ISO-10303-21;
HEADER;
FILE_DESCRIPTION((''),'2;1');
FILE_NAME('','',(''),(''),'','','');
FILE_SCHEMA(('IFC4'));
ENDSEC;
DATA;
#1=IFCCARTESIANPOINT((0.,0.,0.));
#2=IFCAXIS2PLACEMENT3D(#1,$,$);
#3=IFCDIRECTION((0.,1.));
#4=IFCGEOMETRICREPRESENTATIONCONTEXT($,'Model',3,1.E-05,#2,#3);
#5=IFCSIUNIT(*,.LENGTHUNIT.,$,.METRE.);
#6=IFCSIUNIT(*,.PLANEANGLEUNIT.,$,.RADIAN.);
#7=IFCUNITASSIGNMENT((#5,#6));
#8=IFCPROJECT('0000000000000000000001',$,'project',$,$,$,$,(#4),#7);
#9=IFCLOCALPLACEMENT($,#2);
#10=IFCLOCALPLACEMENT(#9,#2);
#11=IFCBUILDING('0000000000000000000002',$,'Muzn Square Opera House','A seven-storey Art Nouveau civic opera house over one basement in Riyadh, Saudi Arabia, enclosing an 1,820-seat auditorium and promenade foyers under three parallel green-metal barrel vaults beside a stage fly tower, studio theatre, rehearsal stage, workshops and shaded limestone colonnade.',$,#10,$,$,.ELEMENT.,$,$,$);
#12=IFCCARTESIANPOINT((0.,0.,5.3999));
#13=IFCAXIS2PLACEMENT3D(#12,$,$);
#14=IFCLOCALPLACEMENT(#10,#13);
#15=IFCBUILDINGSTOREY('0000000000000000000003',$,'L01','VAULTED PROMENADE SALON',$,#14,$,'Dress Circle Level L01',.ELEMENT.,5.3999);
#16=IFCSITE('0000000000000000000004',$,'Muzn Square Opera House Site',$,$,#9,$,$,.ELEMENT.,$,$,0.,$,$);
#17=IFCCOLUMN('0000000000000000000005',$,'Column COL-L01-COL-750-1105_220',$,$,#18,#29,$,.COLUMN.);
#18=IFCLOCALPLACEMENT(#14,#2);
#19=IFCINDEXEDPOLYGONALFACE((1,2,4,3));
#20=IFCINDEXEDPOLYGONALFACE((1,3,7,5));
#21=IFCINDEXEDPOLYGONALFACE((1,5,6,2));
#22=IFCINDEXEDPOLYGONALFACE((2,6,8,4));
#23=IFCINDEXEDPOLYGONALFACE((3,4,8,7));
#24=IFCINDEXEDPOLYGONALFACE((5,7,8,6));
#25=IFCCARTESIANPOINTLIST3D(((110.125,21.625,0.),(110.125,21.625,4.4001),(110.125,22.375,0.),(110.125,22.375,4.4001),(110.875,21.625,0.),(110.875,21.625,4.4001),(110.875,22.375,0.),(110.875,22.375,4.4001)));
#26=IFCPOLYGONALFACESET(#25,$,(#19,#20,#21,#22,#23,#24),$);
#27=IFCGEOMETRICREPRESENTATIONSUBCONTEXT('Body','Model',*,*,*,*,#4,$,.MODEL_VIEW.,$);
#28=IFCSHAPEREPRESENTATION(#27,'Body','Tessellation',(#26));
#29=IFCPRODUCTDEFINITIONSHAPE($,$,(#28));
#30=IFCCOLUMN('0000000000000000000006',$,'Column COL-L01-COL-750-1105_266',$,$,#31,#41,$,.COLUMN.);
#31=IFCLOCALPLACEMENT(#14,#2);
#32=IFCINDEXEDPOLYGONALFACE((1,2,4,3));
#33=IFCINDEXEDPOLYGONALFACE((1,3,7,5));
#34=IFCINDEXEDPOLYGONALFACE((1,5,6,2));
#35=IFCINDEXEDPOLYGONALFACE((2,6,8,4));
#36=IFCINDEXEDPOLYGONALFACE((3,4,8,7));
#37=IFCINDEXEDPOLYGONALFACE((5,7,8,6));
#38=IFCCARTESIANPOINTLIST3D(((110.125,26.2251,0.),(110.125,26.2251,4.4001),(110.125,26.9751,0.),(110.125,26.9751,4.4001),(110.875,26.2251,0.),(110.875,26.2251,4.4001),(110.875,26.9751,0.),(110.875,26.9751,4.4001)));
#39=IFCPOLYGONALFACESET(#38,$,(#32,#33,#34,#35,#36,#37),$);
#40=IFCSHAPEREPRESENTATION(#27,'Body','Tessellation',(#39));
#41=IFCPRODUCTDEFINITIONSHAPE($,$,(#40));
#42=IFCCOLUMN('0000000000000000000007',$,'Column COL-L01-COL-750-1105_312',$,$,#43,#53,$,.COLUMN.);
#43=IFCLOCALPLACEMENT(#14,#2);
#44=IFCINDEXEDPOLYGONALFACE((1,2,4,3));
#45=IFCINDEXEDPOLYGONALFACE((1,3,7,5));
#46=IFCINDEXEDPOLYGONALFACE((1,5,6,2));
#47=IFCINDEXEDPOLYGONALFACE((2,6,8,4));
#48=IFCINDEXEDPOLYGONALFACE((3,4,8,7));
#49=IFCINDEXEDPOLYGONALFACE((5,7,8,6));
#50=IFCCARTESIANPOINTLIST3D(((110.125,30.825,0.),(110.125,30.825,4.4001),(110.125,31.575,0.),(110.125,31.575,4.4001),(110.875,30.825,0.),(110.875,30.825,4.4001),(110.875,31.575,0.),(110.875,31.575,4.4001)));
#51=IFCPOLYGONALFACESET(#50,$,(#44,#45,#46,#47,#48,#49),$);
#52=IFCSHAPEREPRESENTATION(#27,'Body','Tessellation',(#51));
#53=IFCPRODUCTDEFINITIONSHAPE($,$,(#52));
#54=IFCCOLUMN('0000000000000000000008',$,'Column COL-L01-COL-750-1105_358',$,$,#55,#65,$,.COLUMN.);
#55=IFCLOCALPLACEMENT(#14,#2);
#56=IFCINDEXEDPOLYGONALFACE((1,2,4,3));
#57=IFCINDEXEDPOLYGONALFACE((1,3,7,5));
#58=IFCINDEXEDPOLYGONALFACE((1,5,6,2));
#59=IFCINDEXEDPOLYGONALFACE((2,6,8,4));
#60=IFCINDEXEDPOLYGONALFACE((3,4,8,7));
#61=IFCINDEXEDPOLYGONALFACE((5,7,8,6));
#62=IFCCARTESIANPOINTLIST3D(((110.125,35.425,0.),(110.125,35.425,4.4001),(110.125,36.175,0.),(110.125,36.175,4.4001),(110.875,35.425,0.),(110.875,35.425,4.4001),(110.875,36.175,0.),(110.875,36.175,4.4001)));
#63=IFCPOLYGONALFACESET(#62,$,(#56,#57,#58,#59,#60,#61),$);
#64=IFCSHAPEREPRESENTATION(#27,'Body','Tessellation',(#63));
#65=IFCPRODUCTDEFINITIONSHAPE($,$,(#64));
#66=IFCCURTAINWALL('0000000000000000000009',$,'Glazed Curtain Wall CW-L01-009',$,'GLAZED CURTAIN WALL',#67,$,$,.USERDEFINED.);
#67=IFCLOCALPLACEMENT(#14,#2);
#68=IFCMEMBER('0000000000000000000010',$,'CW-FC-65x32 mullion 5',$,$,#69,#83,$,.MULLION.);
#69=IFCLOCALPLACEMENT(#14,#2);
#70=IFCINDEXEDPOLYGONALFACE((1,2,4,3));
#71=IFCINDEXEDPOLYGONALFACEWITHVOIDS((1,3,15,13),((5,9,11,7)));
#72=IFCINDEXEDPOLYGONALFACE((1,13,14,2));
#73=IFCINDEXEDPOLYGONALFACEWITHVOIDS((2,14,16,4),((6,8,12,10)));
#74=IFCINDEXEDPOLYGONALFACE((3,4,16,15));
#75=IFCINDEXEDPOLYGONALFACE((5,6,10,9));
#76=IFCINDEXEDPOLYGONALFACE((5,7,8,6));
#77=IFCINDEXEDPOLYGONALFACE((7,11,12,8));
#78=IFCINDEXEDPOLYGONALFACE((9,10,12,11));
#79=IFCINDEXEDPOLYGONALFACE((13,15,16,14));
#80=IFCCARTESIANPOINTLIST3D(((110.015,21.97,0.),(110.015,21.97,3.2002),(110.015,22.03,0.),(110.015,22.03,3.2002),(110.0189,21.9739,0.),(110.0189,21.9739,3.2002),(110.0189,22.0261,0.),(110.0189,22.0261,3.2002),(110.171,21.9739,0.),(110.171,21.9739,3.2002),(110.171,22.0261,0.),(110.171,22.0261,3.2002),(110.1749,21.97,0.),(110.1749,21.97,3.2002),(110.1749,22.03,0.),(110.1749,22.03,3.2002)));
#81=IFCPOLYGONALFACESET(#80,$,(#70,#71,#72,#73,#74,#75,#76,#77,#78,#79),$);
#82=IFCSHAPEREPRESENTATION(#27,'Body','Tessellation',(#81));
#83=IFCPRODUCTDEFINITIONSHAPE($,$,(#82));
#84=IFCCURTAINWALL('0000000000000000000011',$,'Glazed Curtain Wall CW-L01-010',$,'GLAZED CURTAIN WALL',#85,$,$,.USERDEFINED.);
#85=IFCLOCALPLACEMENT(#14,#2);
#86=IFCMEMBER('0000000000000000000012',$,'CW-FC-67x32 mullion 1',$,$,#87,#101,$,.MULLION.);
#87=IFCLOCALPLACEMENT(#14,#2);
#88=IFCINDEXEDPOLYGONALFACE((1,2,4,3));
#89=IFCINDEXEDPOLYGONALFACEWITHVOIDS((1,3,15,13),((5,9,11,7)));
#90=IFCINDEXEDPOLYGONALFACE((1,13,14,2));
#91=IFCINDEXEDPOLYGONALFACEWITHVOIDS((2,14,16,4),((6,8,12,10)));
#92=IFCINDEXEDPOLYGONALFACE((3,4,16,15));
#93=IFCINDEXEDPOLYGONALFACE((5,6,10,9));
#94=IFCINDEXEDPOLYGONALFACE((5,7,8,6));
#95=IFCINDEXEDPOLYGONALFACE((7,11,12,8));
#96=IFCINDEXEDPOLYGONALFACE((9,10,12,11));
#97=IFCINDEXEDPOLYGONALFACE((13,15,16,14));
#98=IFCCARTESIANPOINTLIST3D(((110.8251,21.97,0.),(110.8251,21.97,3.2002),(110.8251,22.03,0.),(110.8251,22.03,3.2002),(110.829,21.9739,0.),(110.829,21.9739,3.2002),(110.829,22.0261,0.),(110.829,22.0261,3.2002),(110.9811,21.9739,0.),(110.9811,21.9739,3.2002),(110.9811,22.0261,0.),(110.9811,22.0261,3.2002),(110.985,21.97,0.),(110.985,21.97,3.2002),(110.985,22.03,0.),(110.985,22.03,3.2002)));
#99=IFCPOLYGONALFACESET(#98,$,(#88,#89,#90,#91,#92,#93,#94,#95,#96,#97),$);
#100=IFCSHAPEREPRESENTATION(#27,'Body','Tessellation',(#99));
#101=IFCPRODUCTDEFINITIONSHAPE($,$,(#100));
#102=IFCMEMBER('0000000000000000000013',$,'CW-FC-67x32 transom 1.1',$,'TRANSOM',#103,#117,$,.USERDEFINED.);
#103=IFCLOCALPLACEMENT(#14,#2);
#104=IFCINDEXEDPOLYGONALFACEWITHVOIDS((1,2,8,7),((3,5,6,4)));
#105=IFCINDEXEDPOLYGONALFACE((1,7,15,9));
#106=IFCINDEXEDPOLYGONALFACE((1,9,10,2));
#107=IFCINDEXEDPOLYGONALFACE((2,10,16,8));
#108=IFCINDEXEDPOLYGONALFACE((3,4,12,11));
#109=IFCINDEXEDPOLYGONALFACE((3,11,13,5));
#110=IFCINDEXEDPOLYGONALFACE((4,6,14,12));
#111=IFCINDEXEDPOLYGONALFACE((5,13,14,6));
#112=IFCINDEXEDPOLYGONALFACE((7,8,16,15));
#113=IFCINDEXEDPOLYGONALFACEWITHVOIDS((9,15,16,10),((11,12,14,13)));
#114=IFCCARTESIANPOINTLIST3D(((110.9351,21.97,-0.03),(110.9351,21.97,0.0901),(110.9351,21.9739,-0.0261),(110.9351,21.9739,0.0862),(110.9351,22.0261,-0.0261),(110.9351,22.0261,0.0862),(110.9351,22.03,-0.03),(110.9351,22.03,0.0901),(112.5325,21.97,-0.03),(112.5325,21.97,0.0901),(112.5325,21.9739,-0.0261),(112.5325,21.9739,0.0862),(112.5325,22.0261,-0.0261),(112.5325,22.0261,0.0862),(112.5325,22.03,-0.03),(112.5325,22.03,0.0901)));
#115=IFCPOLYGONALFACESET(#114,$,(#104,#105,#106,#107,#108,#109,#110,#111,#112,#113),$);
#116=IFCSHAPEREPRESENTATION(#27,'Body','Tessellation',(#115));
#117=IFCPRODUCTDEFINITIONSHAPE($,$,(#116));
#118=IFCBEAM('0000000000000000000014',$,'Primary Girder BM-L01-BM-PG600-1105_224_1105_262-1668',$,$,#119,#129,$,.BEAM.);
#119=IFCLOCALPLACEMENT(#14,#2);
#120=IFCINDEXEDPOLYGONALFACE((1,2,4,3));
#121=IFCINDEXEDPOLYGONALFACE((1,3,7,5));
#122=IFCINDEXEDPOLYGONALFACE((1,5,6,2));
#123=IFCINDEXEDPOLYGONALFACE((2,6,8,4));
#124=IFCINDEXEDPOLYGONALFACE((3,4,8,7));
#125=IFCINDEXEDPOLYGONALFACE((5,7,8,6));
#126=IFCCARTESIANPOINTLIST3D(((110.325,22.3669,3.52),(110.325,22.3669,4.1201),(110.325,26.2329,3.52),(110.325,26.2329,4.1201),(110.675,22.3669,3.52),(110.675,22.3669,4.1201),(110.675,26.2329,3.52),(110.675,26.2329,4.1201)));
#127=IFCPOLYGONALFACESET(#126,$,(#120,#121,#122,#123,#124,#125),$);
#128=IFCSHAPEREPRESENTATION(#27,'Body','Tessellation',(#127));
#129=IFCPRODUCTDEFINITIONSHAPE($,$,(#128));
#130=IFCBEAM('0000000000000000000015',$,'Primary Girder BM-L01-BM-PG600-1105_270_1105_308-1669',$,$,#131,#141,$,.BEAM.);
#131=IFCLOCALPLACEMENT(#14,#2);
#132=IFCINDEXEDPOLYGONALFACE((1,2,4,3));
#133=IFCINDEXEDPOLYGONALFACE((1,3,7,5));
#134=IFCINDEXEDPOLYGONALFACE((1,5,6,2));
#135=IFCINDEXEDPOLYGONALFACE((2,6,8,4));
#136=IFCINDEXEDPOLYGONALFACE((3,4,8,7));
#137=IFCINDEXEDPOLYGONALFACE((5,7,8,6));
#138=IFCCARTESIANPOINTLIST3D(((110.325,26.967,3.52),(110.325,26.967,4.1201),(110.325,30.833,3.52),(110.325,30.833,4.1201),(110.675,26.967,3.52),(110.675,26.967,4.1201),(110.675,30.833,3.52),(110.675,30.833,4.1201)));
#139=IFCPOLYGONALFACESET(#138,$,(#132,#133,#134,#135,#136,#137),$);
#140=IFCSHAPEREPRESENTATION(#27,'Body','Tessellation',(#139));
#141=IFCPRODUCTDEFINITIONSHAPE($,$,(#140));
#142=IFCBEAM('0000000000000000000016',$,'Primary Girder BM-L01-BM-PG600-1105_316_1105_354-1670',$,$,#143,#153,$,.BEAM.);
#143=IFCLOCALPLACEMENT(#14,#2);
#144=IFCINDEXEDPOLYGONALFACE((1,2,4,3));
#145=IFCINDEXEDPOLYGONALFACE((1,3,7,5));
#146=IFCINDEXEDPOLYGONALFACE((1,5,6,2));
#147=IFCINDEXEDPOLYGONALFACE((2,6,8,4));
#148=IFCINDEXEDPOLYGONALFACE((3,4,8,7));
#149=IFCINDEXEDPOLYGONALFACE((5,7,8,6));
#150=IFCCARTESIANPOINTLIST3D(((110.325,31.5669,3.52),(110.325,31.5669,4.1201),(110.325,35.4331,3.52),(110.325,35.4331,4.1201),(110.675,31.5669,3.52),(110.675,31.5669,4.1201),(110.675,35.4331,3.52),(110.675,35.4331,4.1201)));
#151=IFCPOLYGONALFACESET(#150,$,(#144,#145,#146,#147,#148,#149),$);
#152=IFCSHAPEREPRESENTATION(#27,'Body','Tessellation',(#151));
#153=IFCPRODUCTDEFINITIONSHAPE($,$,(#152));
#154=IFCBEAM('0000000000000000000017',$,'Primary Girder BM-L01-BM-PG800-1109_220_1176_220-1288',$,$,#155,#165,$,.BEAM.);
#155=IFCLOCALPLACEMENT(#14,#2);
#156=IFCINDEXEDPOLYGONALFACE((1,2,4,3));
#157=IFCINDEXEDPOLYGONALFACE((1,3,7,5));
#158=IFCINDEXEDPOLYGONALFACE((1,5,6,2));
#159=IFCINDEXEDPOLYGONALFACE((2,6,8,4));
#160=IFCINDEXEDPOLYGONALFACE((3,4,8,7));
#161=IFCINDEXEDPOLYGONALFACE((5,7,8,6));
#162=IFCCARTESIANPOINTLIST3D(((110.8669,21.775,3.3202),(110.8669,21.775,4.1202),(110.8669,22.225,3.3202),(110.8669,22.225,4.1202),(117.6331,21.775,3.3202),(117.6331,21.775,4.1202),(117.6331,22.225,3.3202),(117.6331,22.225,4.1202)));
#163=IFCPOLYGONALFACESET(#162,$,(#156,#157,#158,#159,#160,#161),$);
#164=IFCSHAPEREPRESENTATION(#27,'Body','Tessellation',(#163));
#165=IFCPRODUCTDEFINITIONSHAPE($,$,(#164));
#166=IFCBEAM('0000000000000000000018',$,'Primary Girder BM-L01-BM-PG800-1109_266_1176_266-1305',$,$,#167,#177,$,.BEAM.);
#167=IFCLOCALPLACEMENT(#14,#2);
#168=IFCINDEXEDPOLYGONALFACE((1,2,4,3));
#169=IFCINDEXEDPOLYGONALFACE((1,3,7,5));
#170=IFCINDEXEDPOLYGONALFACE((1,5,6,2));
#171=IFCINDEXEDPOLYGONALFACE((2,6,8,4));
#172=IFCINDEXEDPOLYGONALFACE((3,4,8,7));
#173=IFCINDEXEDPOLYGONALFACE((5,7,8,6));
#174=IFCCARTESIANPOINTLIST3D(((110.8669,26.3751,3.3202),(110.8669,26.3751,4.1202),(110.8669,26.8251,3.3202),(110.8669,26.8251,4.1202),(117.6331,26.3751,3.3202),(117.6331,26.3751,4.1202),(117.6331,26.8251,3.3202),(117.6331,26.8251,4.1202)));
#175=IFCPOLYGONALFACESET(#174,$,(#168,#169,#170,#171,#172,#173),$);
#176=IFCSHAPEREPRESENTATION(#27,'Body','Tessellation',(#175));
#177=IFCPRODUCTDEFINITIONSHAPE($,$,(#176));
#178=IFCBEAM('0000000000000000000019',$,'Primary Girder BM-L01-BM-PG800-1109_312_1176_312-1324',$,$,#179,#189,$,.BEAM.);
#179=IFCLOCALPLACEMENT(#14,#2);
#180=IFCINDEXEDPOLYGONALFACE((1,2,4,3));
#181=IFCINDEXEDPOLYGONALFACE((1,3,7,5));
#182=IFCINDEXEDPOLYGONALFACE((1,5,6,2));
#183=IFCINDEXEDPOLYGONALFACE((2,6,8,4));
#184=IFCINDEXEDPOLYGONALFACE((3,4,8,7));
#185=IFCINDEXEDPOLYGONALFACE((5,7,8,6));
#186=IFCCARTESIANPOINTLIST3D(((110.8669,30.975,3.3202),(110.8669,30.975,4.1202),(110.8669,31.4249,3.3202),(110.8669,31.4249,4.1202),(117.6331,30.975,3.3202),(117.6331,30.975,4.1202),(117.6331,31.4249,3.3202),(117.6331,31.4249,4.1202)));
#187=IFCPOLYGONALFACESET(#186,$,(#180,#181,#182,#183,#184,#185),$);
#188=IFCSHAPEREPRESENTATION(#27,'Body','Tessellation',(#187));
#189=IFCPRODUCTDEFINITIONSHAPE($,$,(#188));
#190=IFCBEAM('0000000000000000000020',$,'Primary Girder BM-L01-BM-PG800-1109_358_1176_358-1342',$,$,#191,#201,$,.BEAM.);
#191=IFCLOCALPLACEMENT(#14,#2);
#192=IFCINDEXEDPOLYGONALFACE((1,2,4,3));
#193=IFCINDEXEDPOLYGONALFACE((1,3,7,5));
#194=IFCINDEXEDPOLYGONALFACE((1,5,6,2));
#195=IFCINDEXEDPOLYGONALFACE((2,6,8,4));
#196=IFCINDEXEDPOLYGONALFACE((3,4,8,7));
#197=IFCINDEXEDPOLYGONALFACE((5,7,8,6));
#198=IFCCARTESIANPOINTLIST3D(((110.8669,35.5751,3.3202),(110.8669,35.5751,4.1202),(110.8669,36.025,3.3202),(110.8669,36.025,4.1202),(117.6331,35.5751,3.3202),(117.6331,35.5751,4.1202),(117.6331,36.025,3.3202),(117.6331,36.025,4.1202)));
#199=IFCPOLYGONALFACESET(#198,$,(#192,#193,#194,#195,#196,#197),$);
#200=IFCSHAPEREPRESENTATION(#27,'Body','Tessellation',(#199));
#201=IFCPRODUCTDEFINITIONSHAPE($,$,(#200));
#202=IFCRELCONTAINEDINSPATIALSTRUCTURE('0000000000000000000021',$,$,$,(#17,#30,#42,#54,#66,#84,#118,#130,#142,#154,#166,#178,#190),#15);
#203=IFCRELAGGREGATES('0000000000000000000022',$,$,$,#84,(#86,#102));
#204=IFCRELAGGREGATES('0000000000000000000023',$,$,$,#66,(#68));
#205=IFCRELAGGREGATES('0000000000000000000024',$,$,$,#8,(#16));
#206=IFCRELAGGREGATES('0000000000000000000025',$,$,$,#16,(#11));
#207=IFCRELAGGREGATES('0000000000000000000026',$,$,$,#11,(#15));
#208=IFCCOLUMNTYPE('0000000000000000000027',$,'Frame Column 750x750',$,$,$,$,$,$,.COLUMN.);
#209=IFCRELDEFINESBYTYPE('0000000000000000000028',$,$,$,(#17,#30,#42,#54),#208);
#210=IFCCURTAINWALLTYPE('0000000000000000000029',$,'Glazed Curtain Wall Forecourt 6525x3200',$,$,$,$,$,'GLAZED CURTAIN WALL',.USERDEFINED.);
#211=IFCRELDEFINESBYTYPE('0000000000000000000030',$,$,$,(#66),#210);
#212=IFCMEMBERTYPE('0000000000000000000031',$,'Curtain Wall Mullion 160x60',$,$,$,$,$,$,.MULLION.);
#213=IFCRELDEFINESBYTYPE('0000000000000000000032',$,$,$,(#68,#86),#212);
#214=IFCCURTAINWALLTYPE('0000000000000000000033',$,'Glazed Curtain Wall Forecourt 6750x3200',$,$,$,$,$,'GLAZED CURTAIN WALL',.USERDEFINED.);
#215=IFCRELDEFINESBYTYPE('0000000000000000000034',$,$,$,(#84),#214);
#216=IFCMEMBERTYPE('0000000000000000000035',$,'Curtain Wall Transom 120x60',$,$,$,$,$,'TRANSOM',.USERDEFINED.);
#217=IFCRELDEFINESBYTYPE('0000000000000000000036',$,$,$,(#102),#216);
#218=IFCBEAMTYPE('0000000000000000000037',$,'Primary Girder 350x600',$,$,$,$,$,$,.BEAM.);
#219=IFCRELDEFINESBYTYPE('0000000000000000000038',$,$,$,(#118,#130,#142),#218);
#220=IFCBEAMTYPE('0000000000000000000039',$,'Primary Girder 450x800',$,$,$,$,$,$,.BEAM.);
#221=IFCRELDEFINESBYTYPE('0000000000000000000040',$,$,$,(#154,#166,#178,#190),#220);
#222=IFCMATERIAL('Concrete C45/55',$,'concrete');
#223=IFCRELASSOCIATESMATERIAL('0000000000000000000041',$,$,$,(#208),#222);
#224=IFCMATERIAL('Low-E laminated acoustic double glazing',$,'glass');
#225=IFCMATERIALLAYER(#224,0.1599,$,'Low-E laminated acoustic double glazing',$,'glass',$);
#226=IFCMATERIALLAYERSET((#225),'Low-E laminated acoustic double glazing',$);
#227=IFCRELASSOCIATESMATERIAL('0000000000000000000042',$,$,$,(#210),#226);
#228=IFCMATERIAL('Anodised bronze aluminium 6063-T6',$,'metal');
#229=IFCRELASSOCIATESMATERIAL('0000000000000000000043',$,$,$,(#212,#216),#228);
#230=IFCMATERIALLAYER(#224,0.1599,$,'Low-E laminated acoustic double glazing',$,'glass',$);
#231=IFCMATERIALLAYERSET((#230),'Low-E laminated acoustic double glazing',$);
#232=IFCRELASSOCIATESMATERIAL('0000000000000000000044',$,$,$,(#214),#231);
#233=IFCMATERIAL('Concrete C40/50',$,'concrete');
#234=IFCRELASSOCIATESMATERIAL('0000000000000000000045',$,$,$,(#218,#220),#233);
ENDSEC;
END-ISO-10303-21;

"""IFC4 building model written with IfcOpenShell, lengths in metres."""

from ifc_helpers import new_model, si_unit, direction, frame, origin, origin_2d, place, context, subcontext, project, spatial, rectangle, hollow_rectangle, extrude, material, layer, layer_set, material_profile, profile_set, type_object, element, aggregate, save


model = new_model("IFC4")

# Units and contexts
model_context = context("Model", 3, precision=1e-05, world=origin(), true_north=direction((0.0, 1.0)))
body_context = subcontext(model_context, "Body", "Model", "MODEL_VIEW")
ifc_project = project(units=[si_unit("LENGTHUNIT", "METRE"), si_unit("PLANEANGLEUNIT", "RADIAN")], contexts=[model_context])

# Site, building, storey
site_placement = place(None, origin())
site = spatial("IfcSite", under=ifc_project, at=site_placement, Name="Muzn Square Opera House Site", CompositionType="ELEMENT", RefElevation=0.0)
building_placement = place(site_placement, origin())
building = spatial("IfcBuilding", under=site, at=building_placement, Name="Muzn Square Opera House", Description="A seven-storey Art Nouveau civic opera house over one basement in Riyadh, Saudi Arabia, enclosing an 1,820-seat auditorium and promenade foyers under three parallel green-metal barrel vaults beside a stage fly tower, studio theatre, rehearsal stage, workshops and shaded limestone colonnade.", CompositionType="ELEMENT")
storey_placement = place(building_placement, frame((0.0, 0.0, 5.3999)))
storey = spatial("IfcBuildingStorey", under=building, at=storey_placement, Name="L01", Description="VAULTED PROMENADE SALON", LongName="Dress Circle Level L01", CompositionType="ELEMENT", Elevation=5.3999)

# Columns
ifc_material_1 = material(Name="Concrete C45/55", Category="concrete")
ifc_material_profile_1 = material_profile(ifc_material_1, rectangle(XDim=0.75, YDim=0.75, at=origin_2d()), Name="RC 750x750", Category="concrete")
ifc_profile_set_1 = profile_set([ifc_material_profile_1], Name="Concrete C45/55")
column_type = type_object("IfcColumnType", Name="Frame Column 750x750", PredefinedType="COLUMN", material=ifc_profile_set_1)
for number, where, z_axis, x_axis, name in (
    (1, (110.5, 22.0, 0.0), (0.0, 0.0, 1.0), (1.0, 0.0, 0.0), "Column COL-L01-COL-750-1105_220"),
    (2, (110.5, 26.6001, 0.0), (0.0, 0.0, 1.0), (1.0, 0.0, 0.0), "Column COL-L01-COL-750-1105_266"),
    (3, (110.5, 31.2, 0.0), (0.0, 0.0, 1.0), (1.0, 0.0, 0.0), "Column COL-L01-COL-750-1105_312"),
    (4, (110.5, 35.8, 0.0), (0.0, 0.0, 1.0), (1.0, 0.0, 0.0), "Column COL-L01-COL-750-1105_358"),
):
    element("IfcColumn", number, at=place(storey_placement, frame(where, z_axis=z_axis, x_axis=x_axis)), inside=storey, type_object=column_type, Name=name, PredefinedType="COLUMN", context=body_context, shape_type="SweptSolid", body=[
        extrude(rectangle(XDim=0.75, YDim=0.75, at=origin_2d()), origin(), (0.0, 0.0, 1.0), 4.4001),
    ])

# Curtain wall, member
ifc_material_2 = material(Name="Low-E laminated acoustic double glazing", Category="glass")
ifc_layer_1 = layer(ifc_material_2, 0.1599, Name="Low-E laminated acoustic double glazing", Category="glass")
ifc_layer_set_1 = layer_set([ifc_layer_1], Name="Low-E laminated acoustic double glazing")
curtain_wall_type_1 = type_object("IfcCurtainWallType", Name="Glazed Curtain Wall Forecourt 6525x3200", ElementType="GLAZED CURTAIN WALL", PredefinedType="USERDEFINED", material=ifc_layer_set_1)
curtain_wall_1_placement = place(storey_placement, origin())
curtain_wall_1 = element("IfcCurtainWall", 5, at=curtain_wall_1_placement, inside=storey, type_object=curtain_wall_type_1, Name="Glazed Curtain Wall CW-L01-009", ObjectType="GLAZED CURTAIN WALL", PredefinedType="USERDEFINED")
ifc_material_3 = material(Name="Anodised bronze aluminium 6063-T6", Category="metal")
ifc_material_profile_2 = material_profile(ifc_material_3, hollow_rectangle(XDim=0.0601, YDim=0.1599, WallThickness=0.0039, at=origin_2d()), Name="ALU 160x60x4", Category="metal")
ifc_profile_set_2 = profile_set([ifc_material_profile_2], Name="Anodised bronze aluminium 6063-T6")
member_type_1 = type_object("IfcMemberType", Name="Curtain Wall Mullion 160x60", PredefinedType="MULLION", material=ifc_profile_set_2)
member_1_placement = place(storey_placement, frame((110.095, 22.0, 0.0), z_axis=(0.0, 0.0, 1.0), x_axis=(0.0, 1.0, 0.0)))
member_1 = element("IfcMember", 6, at=member_1_placement, type_object=member_type_1, Name="CW-FC-65x32 mullion 5", PredefinedType="MULLION", context=body_context, shape_type="SweptSolid", body=[
    extrude(hollow_rectangle(XDim=0.0601, YDim=0.1599, WallThickness=0.0039, at=origin_2d()), origin(), (0.0, 0.0, 1.0), 3.2002),
])

# Curtain wall, members
ifc_layer_2 = layer(ifc_material_2, 0.1599, Name="Low-E laminated acoustic double glazing", Category="glass")
ifc_layer_set_2 = layer_set([ifc_layer_2], Name="Low-E laminated acoustic double glazing")
curtain_wall_type_2 = type_object("IfcCurtainWallType", Name="Glazed Curtain Wall Forecourt 6750x3200", ElementType="GLAZED CURTAIN WALL", PredefinedType="USERDEFINED", material=ifc_layer_set_2)
curtain_wall_2_placement = place(storey_placement, origin())
curtain_wall_2 = element("IfcCurtainWall", 7, at=curtain_wall_2_placement, inside=storey, type_object=curtain_wall_type_2, Name="Glazed Curtain Wall CW-L01-010", ObjectType="GLAZED CURTAIN WALL", PredefinedType="USERDEFINED")
member_2_placement = place(storey_placement, frame((110.905, 22.0, 0.0), z_axis=(0.0, 0.0, 1.0), x_axis=(0.0, 1.0, 0.0)))
member_2 = element("IfcMember", 8, at=member_2_placement, type_object=member_type_1, Name="CW-FC-67x32 mullion 1", PredefinedType="MULLION", context=body_context, shape_type="SweptSolid", body=[
    extrude(hollow_rectangle(XDim=0.0601, YDim=0.1599, WallThickness=0.0039, at=origin_2d()), origin(), (0.0, 0.0, 1.0), 3.2002),
])
ifc_material_profile_3 = material_profile(ifc_material_3, hollow_rectangle(XDim=0.0601, YDim=0.1201, WallThickness=0.0039, at=origin_2d()), Name="ALU 120x60x4", Category="metal")
ifc_profile_set_3 = profile_set([ifc_material_profile_3], Name="Anodised bronze aluminium 6063-T6")
member_type_2 = type_object("IfcMemberType", Name="Curtain Wall Transom 120x60", ElementType="TRANSOM", PredefinedType="USERDEFINED", material=ifc_profile_set_3)
member_3_placement = place(storey_placement, frame((110.9351, 22.0, 0.03), z_axis=(1.0, 0.0, 0.0), x_axis=(0.0, 1.0, 0.0)))
member_3 = element("IfcMember", 9, at=member_3_placement, type_object=member_type_2, Name="CW-FC-67x32 transom 1.1", ObjectType="TRANSOM", PredefinedType="USERDEFINED", context=body_context, shape_type="SweptSolid", body=[
    extrude(hollow_rectangle(XDim=0.0601, YDim=0.1201, WallThickness=0.0039, at=origin_2d()), origin(), (0.0, 0.0, 1.0), 1.5974),
])
aggregate(curtain_wall_2, [member_2, member_3])

# Beams
ifc_material_4 = material(Name="Concrete C40/50", Category="concrete")
ifc_material_profile_4 = material_profile(ifc_material_4, rectangle(XDim=0.3501, YDim=0.6001, at=origin_2d()), Name="RCB 350x600", Category="concrete")
ifc_profile_set_4 = profile_set([ifc_material_profile_4], Name="Concrete C40/50")
beam_type_1 = type_object("IfcBeamType", Name="Primary Girder 350x600", PredefinedType="BEAM", material=ifc_profile_set_4)
for number, where, z_axis, x_axis, name in (
    (10, (110.5, 22.3669, 3.8201), (0.0, 1.0, 0.0), (-1.0, 0.0, 0.0), "Primary Girder BM-L01-BM-PG600-1105_224_1105_262-1668"),
    (11, (110.5, 26.967, 3.8201), (0.0, 1.0, 0.0), (-1.0, 0.0, 0.0), "Primary Girder BM-L01-BM-PG600-1105_270_1105_308-1669"),
):
    element("IfcBeam", number, at=place(storey_placement, frame(where, z_axis=z_axis, x_axis=x_axis)), inside=storey, type_object=beam_type_1, Name=name, PredefinedType="BEAM", context=body_context, shape_type="SweptSolid", body=[
        extrude(rectangle(XDim=0.3501, YDim=0.6001, at=origin_2d()), origin(), (0.0, 0.0, 1.0), 3.866),
    ])
beam_1_placement = place(storey_placement, frame((110.5, 31.5669, 3.8201), z_axis=(0.0, 1.0, 0.0), x_axis=(-1.0, 0.0, 0.0)))
element("IfcBeam", 12, at=beam_1_placement, inside=storey, type_object=beam_type_1, Name="Primary Girder BM-L01-BM-PG600-1105_316_1105_354-1670", PredefinedType="BEAM", context=body_context, shape_type="SweptSolid", body=[
    extrude(rectangle(XDim=0.3501, YDim=0.6001, at=origin_2d()), origin(), (0.0, 0.0, 1.0), 3.8662),
])
ifc_material_profile_5 = material_profile(ifc_material_4, rectangle(XDim=0.45, YDim=0.8, at=origin_2d()), Name="RCB 450x800", Category="concrete")
ifc_profile_set_5 = profile_set([ifc_material_profile_5], Name="Concrete C40/50")
beam_type_2 = type_object("IfcBeamType", Name="Primary Girder 450x800", PredefinedType="BEAM", material=ifc_profile_set_5)
for number, where, z_axis, x_axis, name in (
    (13, (110.8669, 22.0, 3.7202), (1.0, 0.0, 0.0), (0.0, 1.0, 0.0), "Primary Girder BM-L01-BM-PG800-1109_220_1176_220-1288"),
    (14, (110.8669, 26.6001, 3.7202), (1.0, 0.0, 0.0), (0.0, 1.0, 0.0), "Primary Girder BM-L01-BM-PG800-1109_266_1176_266-1305"),
    (15, (110.8669, 31.2, 3.7202), (1.0, 0.0, 0.0), (0.0, 1.0, 0.0), "Primary Girder BM-L01-BM-PG800-1109_312_1176_312-1324"),
    (16, (110.8669, 35.8, 3.7202), (1.0, 0.0, 0.0), (0.0, 1.0, 0.0), "Primary Girder BM-L01-BM-PG800-1109_358_1176_358-1342"),
):
    element("IfcBeam", number, at=place(storey_placement, frame(where, z_axis=z_axis, x_axis=x_axis)), inside=storey, type_object=beam_type_2, Name=name, PredefinedType="BEAM", context=body_context, shape_type="SweptSolid", body=[
        extrude(rectangle(XDim=0.45, YDim=0.8, at=origin_2d()), origin(), (0.0, 0.0, 1.0), 6.7661),
    ])

aggregate(curtain_wall_1, [member_1])

save(model, "model.ifc")
